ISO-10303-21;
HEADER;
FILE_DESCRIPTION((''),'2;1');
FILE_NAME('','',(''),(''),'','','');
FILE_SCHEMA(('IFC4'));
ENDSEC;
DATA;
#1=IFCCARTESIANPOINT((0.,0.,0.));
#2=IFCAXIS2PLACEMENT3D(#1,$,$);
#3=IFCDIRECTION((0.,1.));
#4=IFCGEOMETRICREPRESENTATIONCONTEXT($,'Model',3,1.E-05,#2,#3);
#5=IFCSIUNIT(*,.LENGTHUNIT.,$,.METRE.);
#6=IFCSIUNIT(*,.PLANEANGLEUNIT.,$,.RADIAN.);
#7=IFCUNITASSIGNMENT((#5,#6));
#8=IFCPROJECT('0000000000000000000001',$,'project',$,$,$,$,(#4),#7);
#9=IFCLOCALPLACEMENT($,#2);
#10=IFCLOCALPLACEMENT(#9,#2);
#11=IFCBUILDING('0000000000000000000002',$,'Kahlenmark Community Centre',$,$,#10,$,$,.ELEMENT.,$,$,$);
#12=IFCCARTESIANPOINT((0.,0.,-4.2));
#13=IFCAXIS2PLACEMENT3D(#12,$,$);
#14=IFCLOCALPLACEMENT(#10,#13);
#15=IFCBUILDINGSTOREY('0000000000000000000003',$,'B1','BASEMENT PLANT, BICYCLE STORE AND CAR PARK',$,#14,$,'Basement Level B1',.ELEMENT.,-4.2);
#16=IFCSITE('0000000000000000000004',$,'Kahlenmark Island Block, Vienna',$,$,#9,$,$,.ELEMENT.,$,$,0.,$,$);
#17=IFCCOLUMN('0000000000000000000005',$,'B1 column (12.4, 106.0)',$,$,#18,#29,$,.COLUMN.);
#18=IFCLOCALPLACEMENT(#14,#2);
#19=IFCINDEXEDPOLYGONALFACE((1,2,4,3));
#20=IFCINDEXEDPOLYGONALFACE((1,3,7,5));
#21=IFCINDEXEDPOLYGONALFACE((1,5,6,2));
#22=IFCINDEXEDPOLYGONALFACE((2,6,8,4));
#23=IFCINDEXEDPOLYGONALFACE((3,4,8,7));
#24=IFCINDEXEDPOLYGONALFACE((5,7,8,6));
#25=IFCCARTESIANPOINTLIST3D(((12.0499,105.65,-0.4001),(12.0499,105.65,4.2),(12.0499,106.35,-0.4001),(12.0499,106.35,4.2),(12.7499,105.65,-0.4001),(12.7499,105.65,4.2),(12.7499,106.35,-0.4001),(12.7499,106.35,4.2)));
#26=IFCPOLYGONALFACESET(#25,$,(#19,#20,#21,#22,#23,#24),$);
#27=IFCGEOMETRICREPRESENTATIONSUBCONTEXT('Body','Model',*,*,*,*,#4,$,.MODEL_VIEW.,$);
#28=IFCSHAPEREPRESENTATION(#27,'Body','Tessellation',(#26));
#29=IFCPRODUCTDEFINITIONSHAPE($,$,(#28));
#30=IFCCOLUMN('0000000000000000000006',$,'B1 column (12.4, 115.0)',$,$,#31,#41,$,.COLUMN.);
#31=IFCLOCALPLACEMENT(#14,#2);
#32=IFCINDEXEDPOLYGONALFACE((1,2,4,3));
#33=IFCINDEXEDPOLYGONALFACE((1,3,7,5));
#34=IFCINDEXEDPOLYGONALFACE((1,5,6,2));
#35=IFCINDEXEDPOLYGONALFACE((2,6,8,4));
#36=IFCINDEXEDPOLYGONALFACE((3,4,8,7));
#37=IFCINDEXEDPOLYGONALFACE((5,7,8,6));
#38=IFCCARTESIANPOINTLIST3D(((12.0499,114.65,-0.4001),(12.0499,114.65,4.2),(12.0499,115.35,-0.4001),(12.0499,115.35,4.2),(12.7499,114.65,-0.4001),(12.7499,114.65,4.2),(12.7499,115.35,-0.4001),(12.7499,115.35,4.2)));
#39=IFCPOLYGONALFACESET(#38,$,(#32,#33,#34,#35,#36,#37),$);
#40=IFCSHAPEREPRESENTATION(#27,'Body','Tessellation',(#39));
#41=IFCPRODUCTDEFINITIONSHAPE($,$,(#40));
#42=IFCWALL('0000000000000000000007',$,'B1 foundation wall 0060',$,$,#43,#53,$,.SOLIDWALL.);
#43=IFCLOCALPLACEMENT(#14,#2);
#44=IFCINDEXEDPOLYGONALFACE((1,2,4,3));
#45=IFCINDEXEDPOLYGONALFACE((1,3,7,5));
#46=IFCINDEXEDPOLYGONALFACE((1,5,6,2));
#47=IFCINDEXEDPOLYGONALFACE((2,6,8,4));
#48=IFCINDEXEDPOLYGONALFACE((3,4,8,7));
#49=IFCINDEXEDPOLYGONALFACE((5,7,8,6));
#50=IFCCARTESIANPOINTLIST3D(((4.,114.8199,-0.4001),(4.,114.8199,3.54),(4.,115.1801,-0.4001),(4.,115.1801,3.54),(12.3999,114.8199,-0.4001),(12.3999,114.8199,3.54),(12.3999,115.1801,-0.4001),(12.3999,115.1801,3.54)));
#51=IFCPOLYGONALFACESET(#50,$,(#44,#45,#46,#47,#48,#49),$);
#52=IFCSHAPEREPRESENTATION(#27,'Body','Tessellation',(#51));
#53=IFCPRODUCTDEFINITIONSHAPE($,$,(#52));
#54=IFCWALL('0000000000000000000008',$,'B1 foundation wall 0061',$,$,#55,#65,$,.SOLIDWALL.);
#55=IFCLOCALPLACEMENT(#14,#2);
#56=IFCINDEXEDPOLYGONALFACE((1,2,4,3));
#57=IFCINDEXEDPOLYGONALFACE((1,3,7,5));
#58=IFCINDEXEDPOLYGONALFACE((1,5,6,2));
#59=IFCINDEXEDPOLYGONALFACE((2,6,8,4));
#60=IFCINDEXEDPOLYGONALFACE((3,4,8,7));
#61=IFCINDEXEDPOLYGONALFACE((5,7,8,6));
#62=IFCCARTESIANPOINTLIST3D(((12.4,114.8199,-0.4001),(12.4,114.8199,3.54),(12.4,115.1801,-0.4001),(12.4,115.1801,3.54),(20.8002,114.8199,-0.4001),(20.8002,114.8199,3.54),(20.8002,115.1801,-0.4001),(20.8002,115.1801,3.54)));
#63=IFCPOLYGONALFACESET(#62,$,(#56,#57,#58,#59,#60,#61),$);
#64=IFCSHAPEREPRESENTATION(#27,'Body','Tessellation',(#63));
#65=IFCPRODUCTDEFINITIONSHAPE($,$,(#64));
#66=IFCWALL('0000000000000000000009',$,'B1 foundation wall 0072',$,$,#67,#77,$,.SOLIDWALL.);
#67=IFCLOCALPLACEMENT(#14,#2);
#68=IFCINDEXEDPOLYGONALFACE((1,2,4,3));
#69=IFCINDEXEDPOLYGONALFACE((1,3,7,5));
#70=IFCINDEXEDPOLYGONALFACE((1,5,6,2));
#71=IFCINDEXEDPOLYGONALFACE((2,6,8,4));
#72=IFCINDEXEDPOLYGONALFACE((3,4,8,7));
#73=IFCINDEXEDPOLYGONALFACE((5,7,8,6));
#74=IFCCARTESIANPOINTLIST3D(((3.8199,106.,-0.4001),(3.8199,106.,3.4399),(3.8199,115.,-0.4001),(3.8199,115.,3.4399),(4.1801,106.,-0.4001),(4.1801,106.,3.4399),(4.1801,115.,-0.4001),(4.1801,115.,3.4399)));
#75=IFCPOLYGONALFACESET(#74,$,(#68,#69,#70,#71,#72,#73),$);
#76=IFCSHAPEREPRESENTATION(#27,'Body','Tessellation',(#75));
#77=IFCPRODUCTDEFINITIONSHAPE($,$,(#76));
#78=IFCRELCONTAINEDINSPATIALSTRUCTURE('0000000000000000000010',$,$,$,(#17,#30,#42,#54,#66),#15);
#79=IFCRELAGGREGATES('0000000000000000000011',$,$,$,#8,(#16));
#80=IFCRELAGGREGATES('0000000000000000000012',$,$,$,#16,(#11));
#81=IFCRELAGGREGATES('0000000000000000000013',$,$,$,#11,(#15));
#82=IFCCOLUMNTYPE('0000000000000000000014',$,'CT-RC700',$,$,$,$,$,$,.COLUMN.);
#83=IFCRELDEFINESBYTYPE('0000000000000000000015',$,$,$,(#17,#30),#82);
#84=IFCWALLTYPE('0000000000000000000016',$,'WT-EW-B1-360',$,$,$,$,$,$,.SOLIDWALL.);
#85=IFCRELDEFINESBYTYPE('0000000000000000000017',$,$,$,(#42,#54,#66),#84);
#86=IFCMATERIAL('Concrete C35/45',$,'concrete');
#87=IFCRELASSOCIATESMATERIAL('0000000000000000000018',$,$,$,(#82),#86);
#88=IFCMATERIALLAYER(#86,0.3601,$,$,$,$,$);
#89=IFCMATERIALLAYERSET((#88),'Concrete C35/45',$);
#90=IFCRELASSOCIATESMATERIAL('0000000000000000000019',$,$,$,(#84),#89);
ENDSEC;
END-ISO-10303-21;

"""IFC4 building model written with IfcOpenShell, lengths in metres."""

from ifc_helpers import new_model, si_unit, direction, frame, frame_2d, origin, origin_2d, place, context, subcontext, project, spatial, rectangle, extrude, material, layer, layer_set, material_profile, profile_set, type_object, element, save


model = new_model("IFC4")

# Units and contexts
model_context = context("Model", 3, precision=1e-05, world=origin(), true_north=direction((0.0, 1.0)))
body_context = subcontext(model_context, "Body", "Model", "MODEL_VIEW")
ifc_project = project(units=[si_unit("LENGTHUNIT", "METRE"), si_unit("PLANEANGLEUNIT", "RADIAN")], contexts=[model_context])

# Site, building, storey
site_placement = place(None, origin())
site = spatial("IfcSite", under=ifc_project, at=site_placement, Name="Kahlenmark Island Block, Vienna", CompositionType="ELEMENT", RefElevation=0.0)
building_placement = place(site_placement, origin())
building = spatial("IfcBuilding", under=site, at=building_placement, Name="Kahlenmark Community Centre", CompositionType="ELEMENT")
storey_placement = place(building_placement, frame((0.0, 0.0, -4.2)))
storey = spatial("IfcBuildingStorey", under=building, at=storey_placement, Name="B1", Description="BASEMENT PLANT, BICYCLE STORE AND CAR PARK", LongName="Basement Level B1", CompositionType="ELEMENT", Elevation=-4.2)

# Columns
ifc_material_1 = material(Name="Concrete C35/45", Category="concrete")
ifc_material_profile_1 = material_profile(ifc_material_1, rectangle(XDim=0.7, YDim=0.7, at=origin_2d()), Name="RC 700x700")
ifc_profile_set_1 = profile_set([ifc_material_profile_1], Name="Concrete C35/45")
column_type = type_object("IfcColumnType", Name="CT-RC700", PredefinedType="COLUMN", material=ifc_profile_set_1)
for number, where, z_axis, x_axis, name in (
    (1, (12.3999, 106.0, -0.4001), (0.0, 0.0, 1.0), (1.0, 0.0, 0.0), "B1 column (12.4, 106.0)"),
    (2, (12.3999, 115.0, -0.4001), (0.0, 0.0, 1.0), (1.0, 0.0, 0.0), "B1 column (12.4, 115.0)"),
):
    element("IfcColumn", number, at=place(storey_placement, frame(where, z_axis=z_axis, x_axis=x_axis)), inside=storey, type_object=column_type, Name=name, PredefinedType="COLUMN", context=body_context, shape_type="SweptSolid", body=[
        extrude(rectangle(XDim=0.7, YDim=0.7, at=origin_2d()), origin(), (0.0, 0.0, 1.0), 4.6001),
    ])

# Walls
ifc_layer = layer(ifc_material_1, 0.3601)
ifc_layer_set = layer_set([ifc_layer], Name="Concrete C35/45")
wall_type = type_object("IfcWallType", Name="WT-EW-B1-360", PredefinedType="SOLIDWALL", material=ifc_layer_set)
wall_1_placement = place(storey_placement, frame((4.0, 115.0, -0.4001), z_axis=(0.0, 0.0, 1.0), x_axis=(1.0, 0.0, 0.0)))
element("IfcWall", 3, at=wall_1_placement, inside=storey, type_object=wall_type, Name="B1 foundation wall 0060", PredefinedType="SOLIDWALL", context=body_context, shape_type="SweptSolid", body=[
    extrude(rectangle(XDim=8.3999, YDim=0.3601, at=frame_2d((4.2, 0.0))), origin(), (0.0, 0.0, 1.0), 3.9402),
])
wall_2_placement = place(storey_placement, frame((12.3999, 115.0, -0.4001), z_axis=(0.0, 0.0, 1.0), x_axis=(1.0, 0.0, 0.0)))
element("IfcWall", 4, at=wall_2_placement, inside=storey, type_object=wall_type, Name="B1 foundation wall 0061", PredefinedType="SOLIDWALL", context=body_context, shape_type="SweptSolid", body=[
    extrude(rectangle(XDim=8.4001, YDim=0.3601, at=frame_2d((4.2002, 0.0))), origin(), (0.0, 0.0, 1.0), 3.9402),
])
wall_3_placement = place(storey_placement, frame((4.0, 106.0, -0.4001), z_axis=(0.0, 0.0, 1.0), x_axis=(0.0, 1.0, 0.0)))
element("IfcWall", 5, at=wall_3_placement, inside=storey, type_object=wall_type, Name="B1 foundation wall 0072", PredefinedType="SOLIDWALL", context=body_context, shape_type="SweptSolid", body=[
    extrude(rectangle(XDim=9.0, YDim=0.3601, at=frame_2d((4.5, 0.0))), origin(), (0.0, 0.0, 1.0), 3.8401),
])

save(model, "model.ifc")
